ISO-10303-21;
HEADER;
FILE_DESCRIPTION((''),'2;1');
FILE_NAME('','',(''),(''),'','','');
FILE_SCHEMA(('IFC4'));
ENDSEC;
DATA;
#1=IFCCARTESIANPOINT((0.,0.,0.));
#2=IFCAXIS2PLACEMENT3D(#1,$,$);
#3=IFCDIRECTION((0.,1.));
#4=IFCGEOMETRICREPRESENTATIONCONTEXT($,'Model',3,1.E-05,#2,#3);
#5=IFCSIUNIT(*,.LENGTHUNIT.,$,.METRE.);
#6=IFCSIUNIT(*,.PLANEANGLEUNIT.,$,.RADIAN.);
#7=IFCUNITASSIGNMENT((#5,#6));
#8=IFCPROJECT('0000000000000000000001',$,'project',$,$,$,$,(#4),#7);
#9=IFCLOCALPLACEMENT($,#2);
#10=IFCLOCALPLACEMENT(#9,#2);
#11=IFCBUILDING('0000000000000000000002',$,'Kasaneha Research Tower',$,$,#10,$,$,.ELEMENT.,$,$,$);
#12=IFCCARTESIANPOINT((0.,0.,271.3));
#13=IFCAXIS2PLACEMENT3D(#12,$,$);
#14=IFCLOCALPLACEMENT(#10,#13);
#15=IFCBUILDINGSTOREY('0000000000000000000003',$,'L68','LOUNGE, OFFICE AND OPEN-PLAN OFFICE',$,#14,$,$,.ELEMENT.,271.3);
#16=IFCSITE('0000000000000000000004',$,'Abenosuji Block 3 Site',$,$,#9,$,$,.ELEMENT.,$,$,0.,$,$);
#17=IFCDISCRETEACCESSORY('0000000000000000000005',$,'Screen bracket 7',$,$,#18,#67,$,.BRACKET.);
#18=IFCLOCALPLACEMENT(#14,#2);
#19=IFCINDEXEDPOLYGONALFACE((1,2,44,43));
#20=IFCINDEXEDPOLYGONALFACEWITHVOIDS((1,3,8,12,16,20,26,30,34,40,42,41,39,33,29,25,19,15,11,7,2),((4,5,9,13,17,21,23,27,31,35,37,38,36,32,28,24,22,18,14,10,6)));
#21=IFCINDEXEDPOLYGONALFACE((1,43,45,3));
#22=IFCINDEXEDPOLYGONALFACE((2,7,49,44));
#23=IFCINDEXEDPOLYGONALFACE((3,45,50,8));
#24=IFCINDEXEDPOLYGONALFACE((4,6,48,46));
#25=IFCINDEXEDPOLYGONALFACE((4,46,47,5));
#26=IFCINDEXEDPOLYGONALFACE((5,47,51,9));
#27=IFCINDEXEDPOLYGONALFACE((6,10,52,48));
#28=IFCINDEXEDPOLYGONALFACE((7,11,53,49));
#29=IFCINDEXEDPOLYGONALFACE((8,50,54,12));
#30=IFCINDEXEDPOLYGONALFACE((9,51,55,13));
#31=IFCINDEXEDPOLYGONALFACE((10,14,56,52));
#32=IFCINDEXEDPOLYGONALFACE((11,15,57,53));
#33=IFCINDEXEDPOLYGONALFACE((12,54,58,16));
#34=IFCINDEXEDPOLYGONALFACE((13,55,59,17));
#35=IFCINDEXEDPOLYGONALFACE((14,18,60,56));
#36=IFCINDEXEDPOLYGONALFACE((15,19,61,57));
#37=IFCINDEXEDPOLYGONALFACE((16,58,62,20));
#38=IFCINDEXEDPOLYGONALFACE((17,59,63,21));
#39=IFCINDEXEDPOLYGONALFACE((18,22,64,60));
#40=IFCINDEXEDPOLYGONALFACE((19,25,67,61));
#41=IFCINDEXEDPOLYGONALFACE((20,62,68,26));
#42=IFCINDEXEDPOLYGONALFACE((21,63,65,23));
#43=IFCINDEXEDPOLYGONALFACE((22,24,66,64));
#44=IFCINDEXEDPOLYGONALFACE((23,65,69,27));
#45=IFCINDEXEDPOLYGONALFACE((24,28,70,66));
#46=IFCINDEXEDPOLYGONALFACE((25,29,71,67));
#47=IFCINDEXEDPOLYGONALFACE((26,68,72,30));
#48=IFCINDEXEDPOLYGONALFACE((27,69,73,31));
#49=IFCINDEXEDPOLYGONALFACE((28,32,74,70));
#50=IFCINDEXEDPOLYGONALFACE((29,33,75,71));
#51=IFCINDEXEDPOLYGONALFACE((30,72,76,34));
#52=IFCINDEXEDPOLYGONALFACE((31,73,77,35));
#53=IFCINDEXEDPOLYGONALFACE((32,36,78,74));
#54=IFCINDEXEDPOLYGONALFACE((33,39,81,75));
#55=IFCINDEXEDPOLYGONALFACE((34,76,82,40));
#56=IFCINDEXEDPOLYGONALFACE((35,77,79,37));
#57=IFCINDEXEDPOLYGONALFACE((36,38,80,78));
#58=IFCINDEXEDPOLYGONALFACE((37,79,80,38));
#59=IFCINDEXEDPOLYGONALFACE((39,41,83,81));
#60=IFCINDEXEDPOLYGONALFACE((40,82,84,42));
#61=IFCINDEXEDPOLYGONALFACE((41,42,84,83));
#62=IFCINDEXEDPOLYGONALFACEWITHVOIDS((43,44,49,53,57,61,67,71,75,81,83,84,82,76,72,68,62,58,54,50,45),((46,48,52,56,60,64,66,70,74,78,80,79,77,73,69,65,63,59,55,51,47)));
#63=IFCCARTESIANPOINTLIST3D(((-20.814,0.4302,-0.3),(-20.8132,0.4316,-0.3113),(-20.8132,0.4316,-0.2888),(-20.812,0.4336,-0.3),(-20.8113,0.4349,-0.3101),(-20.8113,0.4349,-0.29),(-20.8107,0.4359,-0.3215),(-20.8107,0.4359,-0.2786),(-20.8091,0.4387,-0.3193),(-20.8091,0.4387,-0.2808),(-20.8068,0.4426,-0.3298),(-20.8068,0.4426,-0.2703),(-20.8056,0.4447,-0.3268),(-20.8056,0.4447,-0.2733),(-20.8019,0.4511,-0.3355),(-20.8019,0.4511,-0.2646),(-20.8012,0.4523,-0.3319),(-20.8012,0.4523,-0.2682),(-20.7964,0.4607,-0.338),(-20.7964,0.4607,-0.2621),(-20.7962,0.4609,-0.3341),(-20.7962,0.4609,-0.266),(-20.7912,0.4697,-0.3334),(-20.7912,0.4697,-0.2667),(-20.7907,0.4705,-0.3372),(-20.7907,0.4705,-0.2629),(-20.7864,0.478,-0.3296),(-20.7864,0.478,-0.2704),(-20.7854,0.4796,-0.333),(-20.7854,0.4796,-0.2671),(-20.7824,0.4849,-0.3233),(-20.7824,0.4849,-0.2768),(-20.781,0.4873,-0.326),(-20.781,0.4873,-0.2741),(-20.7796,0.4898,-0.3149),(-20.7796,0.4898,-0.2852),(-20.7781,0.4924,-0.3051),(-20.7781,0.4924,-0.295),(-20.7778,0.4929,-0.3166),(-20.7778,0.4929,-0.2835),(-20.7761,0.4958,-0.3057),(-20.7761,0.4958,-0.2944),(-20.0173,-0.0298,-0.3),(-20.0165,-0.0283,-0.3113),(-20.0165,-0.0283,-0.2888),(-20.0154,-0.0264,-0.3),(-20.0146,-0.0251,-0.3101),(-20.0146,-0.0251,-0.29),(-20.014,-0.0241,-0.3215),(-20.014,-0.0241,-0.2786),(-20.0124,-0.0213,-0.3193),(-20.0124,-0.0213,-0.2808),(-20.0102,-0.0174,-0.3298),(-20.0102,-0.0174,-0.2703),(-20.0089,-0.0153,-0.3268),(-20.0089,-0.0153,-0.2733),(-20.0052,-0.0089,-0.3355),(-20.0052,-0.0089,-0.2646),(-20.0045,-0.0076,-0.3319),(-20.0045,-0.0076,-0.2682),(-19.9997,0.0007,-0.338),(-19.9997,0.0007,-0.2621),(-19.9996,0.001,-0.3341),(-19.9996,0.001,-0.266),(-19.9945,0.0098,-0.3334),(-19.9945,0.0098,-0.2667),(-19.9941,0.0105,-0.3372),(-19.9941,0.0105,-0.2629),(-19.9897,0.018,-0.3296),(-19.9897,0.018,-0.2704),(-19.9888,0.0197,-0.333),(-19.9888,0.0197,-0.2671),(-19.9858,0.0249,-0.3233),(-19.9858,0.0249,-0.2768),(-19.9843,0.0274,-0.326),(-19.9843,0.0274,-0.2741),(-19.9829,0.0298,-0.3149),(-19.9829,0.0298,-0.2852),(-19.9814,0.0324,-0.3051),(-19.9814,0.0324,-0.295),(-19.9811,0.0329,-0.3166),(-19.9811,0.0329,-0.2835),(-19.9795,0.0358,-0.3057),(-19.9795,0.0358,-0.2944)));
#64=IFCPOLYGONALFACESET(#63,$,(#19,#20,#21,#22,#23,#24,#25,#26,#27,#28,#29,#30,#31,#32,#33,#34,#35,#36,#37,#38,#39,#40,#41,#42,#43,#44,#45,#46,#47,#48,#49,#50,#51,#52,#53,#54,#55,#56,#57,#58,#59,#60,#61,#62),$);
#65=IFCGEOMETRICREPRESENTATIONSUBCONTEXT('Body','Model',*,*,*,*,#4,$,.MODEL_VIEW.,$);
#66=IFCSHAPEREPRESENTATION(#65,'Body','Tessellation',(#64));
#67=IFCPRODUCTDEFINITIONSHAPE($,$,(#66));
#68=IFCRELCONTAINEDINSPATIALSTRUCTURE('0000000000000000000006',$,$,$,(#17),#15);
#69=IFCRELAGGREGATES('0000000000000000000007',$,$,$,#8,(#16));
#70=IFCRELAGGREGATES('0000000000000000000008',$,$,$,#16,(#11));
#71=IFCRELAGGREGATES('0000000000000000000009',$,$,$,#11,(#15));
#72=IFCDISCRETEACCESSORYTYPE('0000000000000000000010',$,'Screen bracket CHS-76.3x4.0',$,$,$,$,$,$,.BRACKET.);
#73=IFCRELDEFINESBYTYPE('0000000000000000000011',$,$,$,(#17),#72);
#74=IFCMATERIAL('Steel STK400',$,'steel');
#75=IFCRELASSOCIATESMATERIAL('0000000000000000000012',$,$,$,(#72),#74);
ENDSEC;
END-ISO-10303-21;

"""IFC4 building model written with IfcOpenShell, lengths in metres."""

from ifc_helpers import new_model, si_unit, direction, frame, origin, origin_2d, place, context, subcontext, project, spatial, hollow_circle, extrude, material, material_profile, profile_set, type_object, element, save


model = new_model("IFC4")

# Units and contexts
model_context = context("Model", 3, precision=1e-05, world=origin(), true_north=direction((0.0, 1.0)))
body_context = subcontext(model_context, "Body", "Model", "MODEL_VIEW")
ifc_project = project(units=[si_unit("LENGTHUNIT", "METRE"), si_unit("PLANEANGLEUNIT", "RADIAN")], contexts=[model_context])

# Site, building, storey
site_placement = place(None, origin())
site = spatial("IfcSite", under=ifc_project, at=site_placement, Name="Abenosuji Block 3 Site", CompositionType="ELEMENT", RefElevation=0.0)
building_placement = place(site_placement, origin())
building = spatial("IfcBuilding", under=site, at=building_placement, Name="Kasaneha Research Tower", CompositionType="ELEMENT")
storey_placement = place(building_placement, frame((0.0, 0.0, 271.3)))
storey = spatial("IfcBuildingStorey", under=building, at=storey_placement, Name="L68", Description="LOUNGE, OFFICE AND OPEN-PLAN OFFICE", CompositionType="ELEMENT", Elevation=271.3)

# Discrete accessory
ifc_material_1 = material(Name="Steel STK400", Category="steel")
ifc_material_profile_1 = material_profile(ifc_material_1, hollow_circle(Radius=0.0381, WallThickness=0.0039, at=origin_2d()), Name="CHS-76.3x4.0")
ifc_profile_set_1 = profile_set([ifc_material_profile_1], Name="Steel STK400")
discrete_accessory_type = type_object("IfcDiscreteAccessoryType", Name="Screen bracket CHS-76.3x4.0", PredefinedType="BRACKET", material=ifc_profile_set_1)
discrete_accessory_1_placement = place(storey_placement, frame((-19.9983, 0.0032, -0.3), z_axis=(-0.866013, 0.500021, 0.0), x_axis=(-0.500021, -0.866013, 0.0)))
element("IfcDiscreteAccessory", 1, at=discrete_accessory_1_placement, inside=storey, type_object=discrete_accessory_type, Name="Screen bracket 7", PredefinedType="BRACKET", context=body_context, shape_type="SweptSolid", body=[
    extrude(hollow_circle(Radius=0.0381, WallThickness=0.0039, at=origin_2d()), origin(), (0.0, 0.0, 1.0), 0.9199),
])

save(model, "model.ifc")
